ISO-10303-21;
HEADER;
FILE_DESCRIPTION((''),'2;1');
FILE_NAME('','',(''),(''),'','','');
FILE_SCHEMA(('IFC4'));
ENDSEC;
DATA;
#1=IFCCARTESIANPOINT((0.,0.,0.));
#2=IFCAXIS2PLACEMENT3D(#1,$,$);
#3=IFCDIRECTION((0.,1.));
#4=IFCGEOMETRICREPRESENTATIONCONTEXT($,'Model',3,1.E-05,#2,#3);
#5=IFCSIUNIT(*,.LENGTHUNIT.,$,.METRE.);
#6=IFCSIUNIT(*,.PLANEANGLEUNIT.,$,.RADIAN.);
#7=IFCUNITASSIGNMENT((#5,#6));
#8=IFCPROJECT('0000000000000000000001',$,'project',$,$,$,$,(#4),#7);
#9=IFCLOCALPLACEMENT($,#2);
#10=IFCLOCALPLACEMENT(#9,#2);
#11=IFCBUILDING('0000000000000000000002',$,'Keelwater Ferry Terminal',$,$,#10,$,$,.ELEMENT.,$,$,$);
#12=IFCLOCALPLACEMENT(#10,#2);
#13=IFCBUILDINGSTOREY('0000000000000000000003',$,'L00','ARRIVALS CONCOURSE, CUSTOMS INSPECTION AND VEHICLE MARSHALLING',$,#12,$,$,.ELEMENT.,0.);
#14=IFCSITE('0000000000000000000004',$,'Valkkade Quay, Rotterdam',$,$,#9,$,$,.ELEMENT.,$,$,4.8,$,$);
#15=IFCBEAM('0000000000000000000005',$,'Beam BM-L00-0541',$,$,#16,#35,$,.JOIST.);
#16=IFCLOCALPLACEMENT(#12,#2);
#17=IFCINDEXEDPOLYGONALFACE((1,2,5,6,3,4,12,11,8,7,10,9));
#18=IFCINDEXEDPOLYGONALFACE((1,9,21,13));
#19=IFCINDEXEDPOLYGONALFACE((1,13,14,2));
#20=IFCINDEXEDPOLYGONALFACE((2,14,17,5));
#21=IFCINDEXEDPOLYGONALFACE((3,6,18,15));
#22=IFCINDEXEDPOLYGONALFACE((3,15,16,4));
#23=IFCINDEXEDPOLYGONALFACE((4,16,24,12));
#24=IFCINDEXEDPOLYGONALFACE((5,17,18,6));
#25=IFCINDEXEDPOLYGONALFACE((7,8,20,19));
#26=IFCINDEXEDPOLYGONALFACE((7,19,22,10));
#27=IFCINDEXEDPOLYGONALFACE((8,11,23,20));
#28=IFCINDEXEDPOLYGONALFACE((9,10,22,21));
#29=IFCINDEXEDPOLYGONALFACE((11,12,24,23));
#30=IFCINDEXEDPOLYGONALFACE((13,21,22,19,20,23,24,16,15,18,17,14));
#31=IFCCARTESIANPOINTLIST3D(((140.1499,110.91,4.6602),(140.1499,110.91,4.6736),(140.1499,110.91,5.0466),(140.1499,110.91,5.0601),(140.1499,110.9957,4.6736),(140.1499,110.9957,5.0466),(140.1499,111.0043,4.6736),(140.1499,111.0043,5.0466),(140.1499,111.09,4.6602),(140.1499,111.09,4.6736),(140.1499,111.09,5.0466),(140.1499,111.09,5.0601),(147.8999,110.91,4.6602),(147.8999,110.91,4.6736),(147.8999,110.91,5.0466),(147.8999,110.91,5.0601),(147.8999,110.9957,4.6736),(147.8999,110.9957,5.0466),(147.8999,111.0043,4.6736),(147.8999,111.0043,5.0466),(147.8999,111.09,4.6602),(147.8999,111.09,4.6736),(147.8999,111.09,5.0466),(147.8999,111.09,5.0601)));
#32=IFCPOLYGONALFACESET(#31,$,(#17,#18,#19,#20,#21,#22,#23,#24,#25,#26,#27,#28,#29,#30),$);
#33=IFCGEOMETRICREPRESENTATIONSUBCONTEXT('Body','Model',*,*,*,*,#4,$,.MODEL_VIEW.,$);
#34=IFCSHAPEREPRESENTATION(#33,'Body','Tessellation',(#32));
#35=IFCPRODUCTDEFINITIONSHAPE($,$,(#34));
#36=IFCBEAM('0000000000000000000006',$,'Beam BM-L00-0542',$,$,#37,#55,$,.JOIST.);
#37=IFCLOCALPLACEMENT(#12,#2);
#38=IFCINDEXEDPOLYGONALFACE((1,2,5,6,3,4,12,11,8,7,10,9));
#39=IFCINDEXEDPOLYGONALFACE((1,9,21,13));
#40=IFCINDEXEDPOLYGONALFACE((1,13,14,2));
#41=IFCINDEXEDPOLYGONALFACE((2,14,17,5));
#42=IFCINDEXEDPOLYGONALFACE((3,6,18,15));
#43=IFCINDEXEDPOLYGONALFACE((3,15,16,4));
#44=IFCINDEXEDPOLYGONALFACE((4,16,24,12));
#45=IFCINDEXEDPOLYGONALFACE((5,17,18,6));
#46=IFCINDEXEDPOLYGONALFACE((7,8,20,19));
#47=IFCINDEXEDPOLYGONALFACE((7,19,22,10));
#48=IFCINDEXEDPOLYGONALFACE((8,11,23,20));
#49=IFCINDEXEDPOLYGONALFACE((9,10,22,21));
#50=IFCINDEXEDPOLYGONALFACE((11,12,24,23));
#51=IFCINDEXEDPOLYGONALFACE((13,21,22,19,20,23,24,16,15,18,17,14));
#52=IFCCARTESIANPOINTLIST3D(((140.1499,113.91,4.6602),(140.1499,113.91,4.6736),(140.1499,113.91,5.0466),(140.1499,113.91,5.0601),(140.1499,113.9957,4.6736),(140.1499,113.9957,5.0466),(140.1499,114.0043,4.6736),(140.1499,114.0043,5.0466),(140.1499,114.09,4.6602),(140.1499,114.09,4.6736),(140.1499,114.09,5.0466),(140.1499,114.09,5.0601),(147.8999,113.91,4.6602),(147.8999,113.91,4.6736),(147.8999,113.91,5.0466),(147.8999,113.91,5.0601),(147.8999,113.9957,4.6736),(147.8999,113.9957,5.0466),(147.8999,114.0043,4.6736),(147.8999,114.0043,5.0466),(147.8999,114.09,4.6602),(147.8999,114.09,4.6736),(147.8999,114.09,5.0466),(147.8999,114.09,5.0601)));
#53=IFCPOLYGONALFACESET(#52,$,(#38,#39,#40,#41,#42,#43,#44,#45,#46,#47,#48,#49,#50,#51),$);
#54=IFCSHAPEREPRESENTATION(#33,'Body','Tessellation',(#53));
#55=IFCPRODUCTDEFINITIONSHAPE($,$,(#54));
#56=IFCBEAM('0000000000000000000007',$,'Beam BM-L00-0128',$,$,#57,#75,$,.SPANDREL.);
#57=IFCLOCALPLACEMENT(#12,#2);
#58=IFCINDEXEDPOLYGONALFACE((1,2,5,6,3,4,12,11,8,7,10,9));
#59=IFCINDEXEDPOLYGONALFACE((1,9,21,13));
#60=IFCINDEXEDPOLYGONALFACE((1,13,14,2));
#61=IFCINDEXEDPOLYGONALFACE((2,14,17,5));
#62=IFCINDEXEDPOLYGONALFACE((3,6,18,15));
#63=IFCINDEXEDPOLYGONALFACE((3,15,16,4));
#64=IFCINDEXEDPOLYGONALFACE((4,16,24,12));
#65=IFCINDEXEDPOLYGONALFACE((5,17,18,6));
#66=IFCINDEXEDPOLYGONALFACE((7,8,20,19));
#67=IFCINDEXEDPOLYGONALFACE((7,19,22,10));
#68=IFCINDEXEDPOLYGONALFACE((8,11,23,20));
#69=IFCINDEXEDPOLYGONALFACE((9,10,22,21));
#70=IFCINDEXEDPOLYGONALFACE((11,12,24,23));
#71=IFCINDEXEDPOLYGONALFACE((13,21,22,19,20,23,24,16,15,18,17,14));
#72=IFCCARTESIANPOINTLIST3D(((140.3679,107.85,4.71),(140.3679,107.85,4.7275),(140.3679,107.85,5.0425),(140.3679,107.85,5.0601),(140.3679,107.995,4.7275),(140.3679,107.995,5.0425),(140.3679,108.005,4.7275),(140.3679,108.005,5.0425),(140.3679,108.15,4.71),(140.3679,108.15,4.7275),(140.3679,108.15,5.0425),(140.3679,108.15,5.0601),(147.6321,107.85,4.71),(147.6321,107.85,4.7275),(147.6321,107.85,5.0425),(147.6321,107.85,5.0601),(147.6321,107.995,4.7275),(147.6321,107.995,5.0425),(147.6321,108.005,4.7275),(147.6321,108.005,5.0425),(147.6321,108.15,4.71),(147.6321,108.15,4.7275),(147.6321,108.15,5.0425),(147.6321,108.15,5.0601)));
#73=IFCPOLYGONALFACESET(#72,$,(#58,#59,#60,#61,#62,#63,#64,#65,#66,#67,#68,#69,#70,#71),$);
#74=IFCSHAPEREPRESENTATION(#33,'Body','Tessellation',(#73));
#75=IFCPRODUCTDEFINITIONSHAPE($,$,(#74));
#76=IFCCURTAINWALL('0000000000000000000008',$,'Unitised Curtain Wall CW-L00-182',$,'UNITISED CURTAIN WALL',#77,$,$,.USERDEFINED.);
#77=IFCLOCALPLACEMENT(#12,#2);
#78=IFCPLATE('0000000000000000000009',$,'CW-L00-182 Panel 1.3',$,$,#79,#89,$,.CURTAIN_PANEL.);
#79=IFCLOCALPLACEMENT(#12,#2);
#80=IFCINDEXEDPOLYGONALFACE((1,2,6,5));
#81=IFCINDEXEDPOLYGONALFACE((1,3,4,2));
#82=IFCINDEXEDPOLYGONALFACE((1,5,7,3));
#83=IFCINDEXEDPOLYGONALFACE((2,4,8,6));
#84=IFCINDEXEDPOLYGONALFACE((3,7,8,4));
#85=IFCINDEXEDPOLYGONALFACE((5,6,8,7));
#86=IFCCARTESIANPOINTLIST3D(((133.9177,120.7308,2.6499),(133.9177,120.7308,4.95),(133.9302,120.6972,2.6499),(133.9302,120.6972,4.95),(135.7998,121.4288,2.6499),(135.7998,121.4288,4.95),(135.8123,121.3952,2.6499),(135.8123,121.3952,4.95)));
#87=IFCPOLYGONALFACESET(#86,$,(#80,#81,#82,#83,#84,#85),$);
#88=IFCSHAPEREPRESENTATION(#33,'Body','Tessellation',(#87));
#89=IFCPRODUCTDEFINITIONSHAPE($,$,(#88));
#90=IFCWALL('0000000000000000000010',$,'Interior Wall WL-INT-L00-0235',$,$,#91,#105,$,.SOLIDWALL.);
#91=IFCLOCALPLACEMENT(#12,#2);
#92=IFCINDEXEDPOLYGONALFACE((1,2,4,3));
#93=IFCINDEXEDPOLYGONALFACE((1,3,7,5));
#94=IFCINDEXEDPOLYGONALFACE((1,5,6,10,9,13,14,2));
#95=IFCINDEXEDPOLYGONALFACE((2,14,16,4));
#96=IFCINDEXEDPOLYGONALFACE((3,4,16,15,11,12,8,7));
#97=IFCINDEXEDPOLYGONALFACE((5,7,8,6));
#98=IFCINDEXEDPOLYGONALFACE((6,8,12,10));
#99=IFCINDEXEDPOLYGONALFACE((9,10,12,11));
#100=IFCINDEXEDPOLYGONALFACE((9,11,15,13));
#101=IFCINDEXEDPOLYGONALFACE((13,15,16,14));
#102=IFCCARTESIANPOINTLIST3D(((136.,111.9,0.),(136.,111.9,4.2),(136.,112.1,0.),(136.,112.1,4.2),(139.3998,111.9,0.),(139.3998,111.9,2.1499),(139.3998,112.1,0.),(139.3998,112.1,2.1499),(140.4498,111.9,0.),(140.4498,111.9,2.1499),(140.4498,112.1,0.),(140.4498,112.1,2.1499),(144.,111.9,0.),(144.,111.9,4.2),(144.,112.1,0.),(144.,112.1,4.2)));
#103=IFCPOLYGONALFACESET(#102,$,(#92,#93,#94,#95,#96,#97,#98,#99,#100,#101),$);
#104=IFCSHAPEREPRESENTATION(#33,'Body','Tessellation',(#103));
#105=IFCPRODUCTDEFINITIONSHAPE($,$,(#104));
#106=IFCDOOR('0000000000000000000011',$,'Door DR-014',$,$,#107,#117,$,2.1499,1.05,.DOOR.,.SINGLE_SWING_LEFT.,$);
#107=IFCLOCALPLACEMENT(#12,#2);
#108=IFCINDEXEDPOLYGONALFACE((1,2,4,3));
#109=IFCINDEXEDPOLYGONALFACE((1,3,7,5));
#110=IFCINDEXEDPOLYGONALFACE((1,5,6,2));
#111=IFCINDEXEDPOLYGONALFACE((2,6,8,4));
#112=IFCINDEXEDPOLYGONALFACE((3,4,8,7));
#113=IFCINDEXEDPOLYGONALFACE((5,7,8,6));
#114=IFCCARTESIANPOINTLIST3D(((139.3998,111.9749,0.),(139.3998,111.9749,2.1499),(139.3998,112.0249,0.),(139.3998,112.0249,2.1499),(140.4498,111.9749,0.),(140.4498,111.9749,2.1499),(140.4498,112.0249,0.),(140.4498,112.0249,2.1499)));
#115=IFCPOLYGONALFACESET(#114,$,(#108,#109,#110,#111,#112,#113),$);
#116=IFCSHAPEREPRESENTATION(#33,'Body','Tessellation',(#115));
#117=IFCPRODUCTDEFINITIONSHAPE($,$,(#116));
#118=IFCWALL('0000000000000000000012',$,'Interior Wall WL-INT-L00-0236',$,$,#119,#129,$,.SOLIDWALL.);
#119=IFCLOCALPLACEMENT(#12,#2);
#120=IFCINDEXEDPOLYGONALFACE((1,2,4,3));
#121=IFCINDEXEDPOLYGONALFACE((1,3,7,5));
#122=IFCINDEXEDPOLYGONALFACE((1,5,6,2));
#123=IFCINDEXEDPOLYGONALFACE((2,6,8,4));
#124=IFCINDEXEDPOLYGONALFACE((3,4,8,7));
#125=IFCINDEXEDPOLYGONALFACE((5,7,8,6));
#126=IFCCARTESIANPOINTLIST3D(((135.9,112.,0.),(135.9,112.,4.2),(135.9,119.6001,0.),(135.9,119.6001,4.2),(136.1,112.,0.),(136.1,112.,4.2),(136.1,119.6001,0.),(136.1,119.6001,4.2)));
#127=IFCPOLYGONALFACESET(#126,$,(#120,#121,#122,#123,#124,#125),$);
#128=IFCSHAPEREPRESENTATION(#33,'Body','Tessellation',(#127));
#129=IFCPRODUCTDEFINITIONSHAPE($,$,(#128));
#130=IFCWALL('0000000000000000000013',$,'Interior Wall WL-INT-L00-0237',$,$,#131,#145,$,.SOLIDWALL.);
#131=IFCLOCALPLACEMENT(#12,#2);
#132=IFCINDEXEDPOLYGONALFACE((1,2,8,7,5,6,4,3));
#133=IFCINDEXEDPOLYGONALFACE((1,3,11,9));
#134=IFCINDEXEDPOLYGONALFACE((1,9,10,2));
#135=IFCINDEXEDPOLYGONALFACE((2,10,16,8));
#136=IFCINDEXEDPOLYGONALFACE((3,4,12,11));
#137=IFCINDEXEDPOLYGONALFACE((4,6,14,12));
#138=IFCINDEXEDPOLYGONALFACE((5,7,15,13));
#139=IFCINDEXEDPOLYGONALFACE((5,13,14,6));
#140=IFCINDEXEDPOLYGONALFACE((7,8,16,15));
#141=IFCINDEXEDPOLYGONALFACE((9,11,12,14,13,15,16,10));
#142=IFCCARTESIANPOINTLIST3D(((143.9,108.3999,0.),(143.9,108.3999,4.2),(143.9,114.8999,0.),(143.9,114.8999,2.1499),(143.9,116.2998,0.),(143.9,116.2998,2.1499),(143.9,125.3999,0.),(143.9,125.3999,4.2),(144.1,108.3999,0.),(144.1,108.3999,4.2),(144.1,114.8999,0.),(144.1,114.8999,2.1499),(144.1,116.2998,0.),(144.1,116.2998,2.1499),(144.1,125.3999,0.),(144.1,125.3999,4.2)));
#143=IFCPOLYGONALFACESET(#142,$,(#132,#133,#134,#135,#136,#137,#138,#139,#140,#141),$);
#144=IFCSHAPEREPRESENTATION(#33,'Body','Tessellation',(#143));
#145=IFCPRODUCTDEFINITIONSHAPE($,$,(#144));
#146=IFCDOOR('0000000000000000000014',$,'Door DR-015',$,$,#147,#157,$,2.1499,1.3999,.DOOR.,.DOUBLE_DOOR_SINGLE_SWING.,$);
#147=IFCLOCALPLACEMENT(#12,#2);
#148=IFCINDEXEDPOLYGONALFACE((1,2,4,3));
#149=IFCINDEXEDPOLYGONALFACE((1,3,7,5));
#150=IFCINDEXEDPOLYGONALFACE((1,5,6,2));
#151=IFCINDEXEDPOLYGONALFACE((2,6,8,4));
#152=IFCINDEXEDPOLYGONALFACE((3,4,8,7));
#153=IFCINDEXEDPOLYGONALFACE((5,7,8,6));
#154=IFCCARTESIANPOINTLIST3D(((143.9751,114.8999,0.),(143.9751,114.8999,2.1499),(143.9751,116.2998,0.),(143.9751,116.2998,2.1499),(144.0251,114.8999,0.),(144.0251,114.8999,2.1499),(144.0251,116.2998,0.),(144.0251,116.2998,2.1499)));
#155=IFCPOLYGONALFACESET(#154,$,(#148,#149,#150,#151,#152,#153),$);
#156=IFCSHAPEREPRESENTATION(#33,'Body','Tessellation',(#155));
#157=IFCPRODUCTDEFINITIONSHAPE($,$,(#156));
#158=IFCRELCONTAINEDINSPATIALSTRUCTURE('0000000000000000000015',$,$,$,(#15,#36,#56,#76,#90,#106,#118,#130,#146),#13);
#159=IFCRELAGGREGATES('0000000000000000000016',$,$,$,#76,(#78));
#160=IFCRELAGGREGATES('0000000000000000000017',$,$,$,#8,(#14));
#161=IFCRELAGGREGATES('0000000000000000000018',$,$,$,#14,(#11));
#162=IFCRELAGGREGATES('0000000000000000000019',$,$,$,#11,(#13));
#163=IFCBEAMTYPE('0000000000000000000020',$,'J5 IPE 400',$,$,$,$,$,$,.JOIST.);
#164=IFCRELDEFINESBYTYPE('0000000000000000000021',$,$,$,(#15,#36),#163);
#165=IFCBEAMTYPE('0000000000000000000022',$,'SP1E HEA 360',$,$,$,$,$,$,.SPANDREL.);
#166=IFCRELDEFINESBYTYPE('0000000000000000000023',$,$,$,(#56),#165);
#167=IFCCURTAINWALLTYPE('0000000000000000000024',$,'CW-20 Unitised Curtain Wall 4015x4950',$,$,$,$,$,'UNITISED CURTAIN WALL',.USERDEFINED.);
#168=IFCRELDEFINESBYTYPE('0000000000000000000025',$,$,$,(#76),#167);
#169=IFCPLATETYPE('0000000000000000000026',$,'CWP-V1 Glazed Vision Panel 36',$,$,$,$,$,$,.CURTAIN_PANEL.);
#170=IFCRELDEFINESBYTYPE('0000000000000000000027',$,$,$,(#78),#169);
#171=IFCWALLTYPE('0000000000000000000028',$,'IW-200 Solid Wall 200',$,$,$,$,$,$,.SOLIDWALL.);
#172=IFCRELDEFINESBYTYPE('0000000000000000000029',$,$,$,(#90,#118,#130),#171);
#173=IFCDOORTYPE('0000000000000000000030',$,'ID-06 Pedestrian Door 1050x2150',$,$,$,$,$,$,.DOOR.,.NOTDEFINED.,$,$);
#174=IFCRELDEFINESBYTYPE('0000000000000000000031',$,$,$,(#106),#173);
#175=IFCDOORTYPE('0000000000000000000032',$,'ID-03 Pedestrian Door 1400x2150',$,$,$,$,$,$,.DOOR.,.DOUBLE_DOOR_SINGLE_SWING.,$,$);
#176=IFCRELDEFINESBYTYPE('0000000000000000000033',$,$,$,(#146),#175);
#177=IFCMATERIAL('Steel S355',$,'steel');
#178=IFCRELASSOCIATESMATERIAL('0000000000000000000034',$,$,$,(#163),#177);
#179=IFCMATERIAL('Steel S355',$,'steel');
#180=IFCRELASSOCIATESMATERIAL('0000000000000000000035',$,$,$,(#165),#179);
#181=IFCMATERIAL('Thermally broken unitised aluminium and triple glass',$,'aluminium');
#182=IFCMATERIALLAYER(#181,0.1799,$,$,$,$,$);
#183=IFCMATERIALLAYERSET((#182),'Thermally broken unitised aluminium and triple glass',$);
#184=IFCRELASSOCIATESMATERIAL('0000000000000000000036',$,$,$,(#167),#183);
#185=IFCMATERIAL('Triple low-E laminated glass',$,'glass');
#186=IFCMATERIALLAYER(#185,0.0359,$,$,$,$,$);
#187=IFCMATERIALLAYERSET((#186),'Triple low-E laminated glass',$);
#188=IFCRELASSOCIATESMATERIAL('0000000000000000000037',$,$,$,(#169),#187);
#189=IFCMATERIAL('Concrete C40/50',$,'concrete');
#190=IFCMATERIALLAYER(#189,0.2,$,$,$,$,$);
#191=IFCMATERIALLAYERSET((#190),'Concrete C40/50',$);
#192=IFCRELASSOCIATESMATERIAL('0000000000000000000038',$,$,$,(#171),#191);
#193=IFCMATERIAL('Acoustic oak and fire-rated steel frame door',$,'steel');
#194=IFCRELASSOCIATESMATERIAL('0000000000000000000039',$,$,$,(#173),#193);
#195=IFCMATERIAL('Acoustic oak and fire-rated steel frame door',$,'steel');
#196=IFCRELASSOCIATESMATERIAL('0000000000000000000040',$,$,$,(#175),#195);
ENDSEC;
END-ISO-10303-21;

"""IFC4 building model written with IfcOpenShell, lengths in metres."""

from ifc_helpers import new_model, si_unit, direction, frame, frame_2d, origin, origin_2d, place, context, subcontext, project, spatial, rectangle, i_section, extrude, material, layer, layer_set, material_profile, profile_set, type_object, element, fill, aggregate, save


model = new_model("IFC4")

# Units and contexts
model_context = context("Model", 3, precision=1e-05, world=origin(), true_north=direction((0.0, 1.0)))
body_context = subcontext(model_context, "Body", "Model", "MODEL_VIEW")
ifc_project = project(units=[si_unit("LENGTHUNIT", "METRE"), si_unit("PLANEANGLEUNIT", "RADIAN")], contexts=[model_context])

# Site, building, storey
site_placement = place(None, origin())
site = spatial("IfcSite", under=ifc_project, at=site_placement, Name="Valkkade Quay, Rotterdam", CompositionType="ELEMENT", RefElevation=4.8)
building_placement = place(site_placement, origin())
building = spatial("IfcBuilding", under=site, at=building_placement, Name="Keelwater Ferry Terminal", CompositionType="ELEMENT")
storey_placement = place(building_placement, origin())
storey = spatial("IfcBuildingStorey", under=building, at=storey_placement, Name="L00", Description="ARRIVALS CONCOURSE, CUSTOMS INSPECTION AND VEHICLE MARSHALLING", CompositionType="ELEMENT", Elevation=0.0)

# Beams
ifc_material_1 = material(Name="Steel S355", Category="steel")
ifc_material_profile_1 = material_profile(ifc_material_1, i_section(OverallWidth=0.1799, OverallDepth=0.3999, WebThickness=0.0085, FlangeThickness=0.0134, at=origin_2d()), Name="IPE 400")
ifc_profile_set_1 = profile_set([ifc_material_profile_1], Name="Steel S355")
beam_type_1 = type_object("IfcBeamType", Name="J5 IPE 400", PredefinedType="JOIST", material=ifc_profile_set_1)
for number, where, z_axis, x_axis, name in (
    (1, (140.1499, 111.0, 4.8601), (1.0, 0.0, 0.0), (0.0, 1.0, 0.0), "Beam BM-L00-0541"),
    (2, (140.1499, 114.0, 4.8601), (1.0, 0.0, 0.0), (0.0, 1.0, 0.0), "Beam BM-L00-0542"),
):
    element("IfcBeam", number, at=place(storey_placement, frame(where, z_axis=z_axis, x_axis=x_axis)), inside=storey, type_object=beam_type_1, Name=name, PredefinedType="JOIST", context=body_context, shape_type="SweptSolid", body=[
        extrude(i_section(OverallWidth=0.1799, OverallDepth=0.3999, WebThickness=0.0085, FlangeThickness=0.0134, at=origin_2d()), origin(), (0.0, 0.0, 1.0), 7.75),
    ])
ifc_material_2 = material(Name="Steel S355", Category="steel")
ifc_material_profile_2 = material_profile(ifc_material_2, i_section(OverallWidth=0.3, OverallDepth=0.3501, WebThickness=0.01, FlangeThickness=0.0176, at=origin_2d()), Name="HEA 360")
ifc_profile_set_2 = profile_set([ifc_material_profile_2], Name="Steel S355")
beam_type_2 = type_object("IfcBeamType", Name="SP1E HEA 360", PredefinedType="SPANDREL", material=ifc_profile_set_2)
beam_1_placement = place(storey_placement, frame((140.3679, 108.0, 4.885), z_axis=(1.0, 0.0, 0.0), x_axis=(0.0, 1.0, 0.0)))
element("IfcBeam", 3, at=beam_1_placement, inside=storey, type_object=beam_type_2, Name="Beam BM-L00-0128", PredefinedType="SPANDREL", context=body_context, shape_type="SweptSolid", body=[
    extrude(i_section(OverallWidth=0.3, OverallDepth=0.3501, WebThickness=0.01, FlangeThickness=0.0176, at=origin_2d()), origin(), (0.0, 0.0, 1.0), 7.2642),
])

# Curtain wall, plate
ifc_material_3 = material(Name="Thermally broken unitised aluminium and triple glass", Category="aluminium")
ifc_layer_1 = layer(ifc_material_3, 0.1799)
ifc_layer_set_1 = layer_set([ifc_layer_1], Name="Thermally broken unitised aluminium and triple glass")
curtain_wall_type = type_object("IfcCurtainWallType", Name="CW-20 Unitised Curtain Wall 4015x4950", ElementType="UNITISED CURTAIN WALL", PredefinedType="USERDEFINED", material=ifc_layer_set_1)
curtain_wall_placement = place(storey_placement, origin())
curtain_wall = element("IfcCurtainWall", 4, at=curtain_wall_placement, inside=storey, type_object=curtain_wall_type, Name="Unitised Curtain Wall CW-L00-182", ObjectType="UNITISED CURTAIN WALL", PredefinedType="USERDEFINED")
ifc_material_4 = material(Name="Triple low-E laminated glass", Category="glass")
ifc_layer_2 = layer(ifc_material_4, 0.0359)
ifc_layer_set_2 = layer_set([ifc_layer_2], Name="Triple low-E laminated glass")
plate_type = type_object("IfcPlateType", Name="CWP-V1 Glazed Vision Panel 36", PredefinedType="CURTAIN_PANEL", material=ifc_layer_set_2)
plate_placement = place(storey_placement, frame((134.865, 121.063, 2.6499), z_axis=(0.0, 0.0, 1.0), x_axis=(-0.937592, -0.347736, 0.0)))
plate = element("IfcPlate", 5, at=plate_placement, type_object=plate_type, Name="CW-L00-182 Panel 1.3", PredefinedType="CURTAIN_PANEL", context=body_context, shape_type="SweptSolid", body=[
    extrude(rectangle(XDim=2.0073, YDim=0.0359, at=origin_2d()), origin(), (0.0, 0.0, 1.0), 2.3),
])
aggregate(curtain_wall, [plate])

# Wall, opening, door
ifc_material_5 = material(Name="Concrete C40/50", Category="concrete")
ifc_layer_3 = layer(ifc_material_5, 0.2)
ifc_layer_set_3 = layer_set([ifc_layer_3], Name="Concrete C40/50")
wall_type = type_object("IfcWallType", Name="IW-200 Solid Wall 200", PredefinedType="SOLIDWALL", material=ifc_layer_set_3)
wall_1_placement = place(storey_placement, frame((136.0, 112.0, 0.0), z_axis=(0.0, 0.0, 1.0), x_axis=(1.0, 0.0, 0.0)))
wall_1 = element("IfcWall", 6, at=wall_1_placement, inside=storey, type_object=wall_type, Name="Interior Wall WL-INT-L00-0235", PredefinedType="SOLIDWALL", context=body_context, shape_type="SweptSolid", body=[
    extrude(rectangle(XDim=8.0, YDim=0.2, at=frame_2d((4.0, 0.0))), origin(), (0.0, 0.0, 1.0), 4.2),
])
opening_1_placement = place(wall_1_placement, frame((3.3999, 0.0, 0.0)))
opening_1 = element("IfcOpeningElement", 7, at=opening_1_placement, cuts=wall_1, PredefinedType="OPENING", context=body_context, shape_type="SweptSolid", body=[
    extrude(rectangle(XDim=1.05, YDim=2.1499, at=frame_2d((0.5249, 1.075))), frame((0.0, 0.1101, 0.0), z_axis=(0.0, -1.0, 0.0), x_axis=(1.0, 0.0, 0.0)), (0.0, 0.0, 1.0), 0.22),
])
ifc_material_6 = material(Name="Acoustic oak and fire-rated steel frame door", Category="steel")
door_type_1 = type_object("IfcDoorType", Name="ID-06 Pedestrian Door 1050x2150", OperationType="NOTDEFINED", PredefinedType="DOOR", material=ifc_material_6)
door_1_placement = place(opening_1_placement, origin())
door_1 = element("IfcDoor", 8, at=door_1_placement, inside=storey, type_object=door_type_1, Name="Door DR-014", OperationType="SINGLE_SWING_LEFT", OverallHeight=2.1499, OverallWidth=1.05, PredefinedType="DOOR", context=body_context, shape_type="SweptSolid", body=[
    extrude(rectangle(XDim=1.05, YDim=2.1499, at=frame_2d((0.5249, 1.075))), frame((0.0, 0.0249, 0.0), z_axis=(0.0, -1.0, 0.0), x_axis=(1.0, 0.0, 0.0)), (0.0, 0.0, 1.0), 0.05),
])
fill(opening_1, door_1)

# Wall
wall_2_placement = place(storey_placement, frame((136.0, 112.0, 0.0), z_axis=(0.0, 0.0, 1.0), x_axis=(0.0, 1.0, 0.0)))
element("IfcWall", 9, at=wall_2_placement, inside=storey, type_object=wall_type, Name="Interior Wall WL-INT-L00-0236", PredefinedType="SOLIDWALL", context=body_context, shape_type="SweptSolid", body=[
    extrude(rectangle(XDim=7.6001, YDim=0.2, at=frame_2d((3.8, 0.0))), origin(), (0.0, 0.0, 1.0), 4.2),
])

# Wall, opening, door
wall_3_placement = place(storey_placement, frame((144.0, 108.3999, 0.0), z_axis=(0.0, 0.0, 1.0), x_axis=(0.0, 1.0, 0.0)))
wall_3 = element("IfcWall", 10, at=wall_3_placement, inside=storey, type_object=wall_type, Name="Interior Wall WL-INT-L00-0237", PredefinedType="SOLIDWALL", context=body_context, shape_type="SweptSolid", body=[
    extrude(rectangle(XDim=17.0, YDim=0.2, at=frame_2d((8.5, 0.0))), origin(), (0.0, 0.0, 1.0), 4.2),
])
opening_2_placement = place(wall_3_placement, frame((6.5, 0.0, 0.0)))
opening_2 = element("IfcOpeningElement", 11, at=opening_2_placement, cuts=wall_3, PredefinedType="OPENING", context=body_context, shape_type="SweptSolid", body=[
    extrude(rectangle(XDim=1.3999, YDim=2.1499, at=frame_2d((0.7, 1.075))), frame((0.0, 0.1101, 0.0), z_axis=(0.0, -1.0, 0.0), x_axis=(1.0, 0.0, 0.0)), (0.0, 0.0, 1.0), 0.22),
])
ifc_material_7 = material(Name="Acoustic oak and fire-rated steel frame door", Category="steel")
door_type_2 = type_object("IfcDoorType", Name="ID-03 Pedestrian Door 1400x2150", OperationType="DOUBLE_DOOR_SINGLE_SWING", PredefinedType="DOOR", material=ifc_material_7)
door_2_placement = place(opening_2_placement, origin())
door_2 = element("IfcDoor", 12, at=door_2_placement, inside=storey, type_object=door_type_2, Name="Door DR-015", OperationType="DOUBLE_DOOR_SINGLE_SWING", OverallHeight=2.1499, OverallWidth=1.3999, PredefinedType="DOOR", context=body_context, shape_type="SweptSolid", body=[
    extrude(rectangle(XDim=1.3999, YDim=2.1499, at=frame_2d((0.7, 1.075))), frame((0.0, 0.0249, 0.0), z_axis=(0.0, -1.0, 0.0), x_axis=(1.0, 0.0, 0.0)), (0.0, 0.0, 1.0), 0.05),
])
fill(opening_2, door_2)

save(model, "model.ifc")
